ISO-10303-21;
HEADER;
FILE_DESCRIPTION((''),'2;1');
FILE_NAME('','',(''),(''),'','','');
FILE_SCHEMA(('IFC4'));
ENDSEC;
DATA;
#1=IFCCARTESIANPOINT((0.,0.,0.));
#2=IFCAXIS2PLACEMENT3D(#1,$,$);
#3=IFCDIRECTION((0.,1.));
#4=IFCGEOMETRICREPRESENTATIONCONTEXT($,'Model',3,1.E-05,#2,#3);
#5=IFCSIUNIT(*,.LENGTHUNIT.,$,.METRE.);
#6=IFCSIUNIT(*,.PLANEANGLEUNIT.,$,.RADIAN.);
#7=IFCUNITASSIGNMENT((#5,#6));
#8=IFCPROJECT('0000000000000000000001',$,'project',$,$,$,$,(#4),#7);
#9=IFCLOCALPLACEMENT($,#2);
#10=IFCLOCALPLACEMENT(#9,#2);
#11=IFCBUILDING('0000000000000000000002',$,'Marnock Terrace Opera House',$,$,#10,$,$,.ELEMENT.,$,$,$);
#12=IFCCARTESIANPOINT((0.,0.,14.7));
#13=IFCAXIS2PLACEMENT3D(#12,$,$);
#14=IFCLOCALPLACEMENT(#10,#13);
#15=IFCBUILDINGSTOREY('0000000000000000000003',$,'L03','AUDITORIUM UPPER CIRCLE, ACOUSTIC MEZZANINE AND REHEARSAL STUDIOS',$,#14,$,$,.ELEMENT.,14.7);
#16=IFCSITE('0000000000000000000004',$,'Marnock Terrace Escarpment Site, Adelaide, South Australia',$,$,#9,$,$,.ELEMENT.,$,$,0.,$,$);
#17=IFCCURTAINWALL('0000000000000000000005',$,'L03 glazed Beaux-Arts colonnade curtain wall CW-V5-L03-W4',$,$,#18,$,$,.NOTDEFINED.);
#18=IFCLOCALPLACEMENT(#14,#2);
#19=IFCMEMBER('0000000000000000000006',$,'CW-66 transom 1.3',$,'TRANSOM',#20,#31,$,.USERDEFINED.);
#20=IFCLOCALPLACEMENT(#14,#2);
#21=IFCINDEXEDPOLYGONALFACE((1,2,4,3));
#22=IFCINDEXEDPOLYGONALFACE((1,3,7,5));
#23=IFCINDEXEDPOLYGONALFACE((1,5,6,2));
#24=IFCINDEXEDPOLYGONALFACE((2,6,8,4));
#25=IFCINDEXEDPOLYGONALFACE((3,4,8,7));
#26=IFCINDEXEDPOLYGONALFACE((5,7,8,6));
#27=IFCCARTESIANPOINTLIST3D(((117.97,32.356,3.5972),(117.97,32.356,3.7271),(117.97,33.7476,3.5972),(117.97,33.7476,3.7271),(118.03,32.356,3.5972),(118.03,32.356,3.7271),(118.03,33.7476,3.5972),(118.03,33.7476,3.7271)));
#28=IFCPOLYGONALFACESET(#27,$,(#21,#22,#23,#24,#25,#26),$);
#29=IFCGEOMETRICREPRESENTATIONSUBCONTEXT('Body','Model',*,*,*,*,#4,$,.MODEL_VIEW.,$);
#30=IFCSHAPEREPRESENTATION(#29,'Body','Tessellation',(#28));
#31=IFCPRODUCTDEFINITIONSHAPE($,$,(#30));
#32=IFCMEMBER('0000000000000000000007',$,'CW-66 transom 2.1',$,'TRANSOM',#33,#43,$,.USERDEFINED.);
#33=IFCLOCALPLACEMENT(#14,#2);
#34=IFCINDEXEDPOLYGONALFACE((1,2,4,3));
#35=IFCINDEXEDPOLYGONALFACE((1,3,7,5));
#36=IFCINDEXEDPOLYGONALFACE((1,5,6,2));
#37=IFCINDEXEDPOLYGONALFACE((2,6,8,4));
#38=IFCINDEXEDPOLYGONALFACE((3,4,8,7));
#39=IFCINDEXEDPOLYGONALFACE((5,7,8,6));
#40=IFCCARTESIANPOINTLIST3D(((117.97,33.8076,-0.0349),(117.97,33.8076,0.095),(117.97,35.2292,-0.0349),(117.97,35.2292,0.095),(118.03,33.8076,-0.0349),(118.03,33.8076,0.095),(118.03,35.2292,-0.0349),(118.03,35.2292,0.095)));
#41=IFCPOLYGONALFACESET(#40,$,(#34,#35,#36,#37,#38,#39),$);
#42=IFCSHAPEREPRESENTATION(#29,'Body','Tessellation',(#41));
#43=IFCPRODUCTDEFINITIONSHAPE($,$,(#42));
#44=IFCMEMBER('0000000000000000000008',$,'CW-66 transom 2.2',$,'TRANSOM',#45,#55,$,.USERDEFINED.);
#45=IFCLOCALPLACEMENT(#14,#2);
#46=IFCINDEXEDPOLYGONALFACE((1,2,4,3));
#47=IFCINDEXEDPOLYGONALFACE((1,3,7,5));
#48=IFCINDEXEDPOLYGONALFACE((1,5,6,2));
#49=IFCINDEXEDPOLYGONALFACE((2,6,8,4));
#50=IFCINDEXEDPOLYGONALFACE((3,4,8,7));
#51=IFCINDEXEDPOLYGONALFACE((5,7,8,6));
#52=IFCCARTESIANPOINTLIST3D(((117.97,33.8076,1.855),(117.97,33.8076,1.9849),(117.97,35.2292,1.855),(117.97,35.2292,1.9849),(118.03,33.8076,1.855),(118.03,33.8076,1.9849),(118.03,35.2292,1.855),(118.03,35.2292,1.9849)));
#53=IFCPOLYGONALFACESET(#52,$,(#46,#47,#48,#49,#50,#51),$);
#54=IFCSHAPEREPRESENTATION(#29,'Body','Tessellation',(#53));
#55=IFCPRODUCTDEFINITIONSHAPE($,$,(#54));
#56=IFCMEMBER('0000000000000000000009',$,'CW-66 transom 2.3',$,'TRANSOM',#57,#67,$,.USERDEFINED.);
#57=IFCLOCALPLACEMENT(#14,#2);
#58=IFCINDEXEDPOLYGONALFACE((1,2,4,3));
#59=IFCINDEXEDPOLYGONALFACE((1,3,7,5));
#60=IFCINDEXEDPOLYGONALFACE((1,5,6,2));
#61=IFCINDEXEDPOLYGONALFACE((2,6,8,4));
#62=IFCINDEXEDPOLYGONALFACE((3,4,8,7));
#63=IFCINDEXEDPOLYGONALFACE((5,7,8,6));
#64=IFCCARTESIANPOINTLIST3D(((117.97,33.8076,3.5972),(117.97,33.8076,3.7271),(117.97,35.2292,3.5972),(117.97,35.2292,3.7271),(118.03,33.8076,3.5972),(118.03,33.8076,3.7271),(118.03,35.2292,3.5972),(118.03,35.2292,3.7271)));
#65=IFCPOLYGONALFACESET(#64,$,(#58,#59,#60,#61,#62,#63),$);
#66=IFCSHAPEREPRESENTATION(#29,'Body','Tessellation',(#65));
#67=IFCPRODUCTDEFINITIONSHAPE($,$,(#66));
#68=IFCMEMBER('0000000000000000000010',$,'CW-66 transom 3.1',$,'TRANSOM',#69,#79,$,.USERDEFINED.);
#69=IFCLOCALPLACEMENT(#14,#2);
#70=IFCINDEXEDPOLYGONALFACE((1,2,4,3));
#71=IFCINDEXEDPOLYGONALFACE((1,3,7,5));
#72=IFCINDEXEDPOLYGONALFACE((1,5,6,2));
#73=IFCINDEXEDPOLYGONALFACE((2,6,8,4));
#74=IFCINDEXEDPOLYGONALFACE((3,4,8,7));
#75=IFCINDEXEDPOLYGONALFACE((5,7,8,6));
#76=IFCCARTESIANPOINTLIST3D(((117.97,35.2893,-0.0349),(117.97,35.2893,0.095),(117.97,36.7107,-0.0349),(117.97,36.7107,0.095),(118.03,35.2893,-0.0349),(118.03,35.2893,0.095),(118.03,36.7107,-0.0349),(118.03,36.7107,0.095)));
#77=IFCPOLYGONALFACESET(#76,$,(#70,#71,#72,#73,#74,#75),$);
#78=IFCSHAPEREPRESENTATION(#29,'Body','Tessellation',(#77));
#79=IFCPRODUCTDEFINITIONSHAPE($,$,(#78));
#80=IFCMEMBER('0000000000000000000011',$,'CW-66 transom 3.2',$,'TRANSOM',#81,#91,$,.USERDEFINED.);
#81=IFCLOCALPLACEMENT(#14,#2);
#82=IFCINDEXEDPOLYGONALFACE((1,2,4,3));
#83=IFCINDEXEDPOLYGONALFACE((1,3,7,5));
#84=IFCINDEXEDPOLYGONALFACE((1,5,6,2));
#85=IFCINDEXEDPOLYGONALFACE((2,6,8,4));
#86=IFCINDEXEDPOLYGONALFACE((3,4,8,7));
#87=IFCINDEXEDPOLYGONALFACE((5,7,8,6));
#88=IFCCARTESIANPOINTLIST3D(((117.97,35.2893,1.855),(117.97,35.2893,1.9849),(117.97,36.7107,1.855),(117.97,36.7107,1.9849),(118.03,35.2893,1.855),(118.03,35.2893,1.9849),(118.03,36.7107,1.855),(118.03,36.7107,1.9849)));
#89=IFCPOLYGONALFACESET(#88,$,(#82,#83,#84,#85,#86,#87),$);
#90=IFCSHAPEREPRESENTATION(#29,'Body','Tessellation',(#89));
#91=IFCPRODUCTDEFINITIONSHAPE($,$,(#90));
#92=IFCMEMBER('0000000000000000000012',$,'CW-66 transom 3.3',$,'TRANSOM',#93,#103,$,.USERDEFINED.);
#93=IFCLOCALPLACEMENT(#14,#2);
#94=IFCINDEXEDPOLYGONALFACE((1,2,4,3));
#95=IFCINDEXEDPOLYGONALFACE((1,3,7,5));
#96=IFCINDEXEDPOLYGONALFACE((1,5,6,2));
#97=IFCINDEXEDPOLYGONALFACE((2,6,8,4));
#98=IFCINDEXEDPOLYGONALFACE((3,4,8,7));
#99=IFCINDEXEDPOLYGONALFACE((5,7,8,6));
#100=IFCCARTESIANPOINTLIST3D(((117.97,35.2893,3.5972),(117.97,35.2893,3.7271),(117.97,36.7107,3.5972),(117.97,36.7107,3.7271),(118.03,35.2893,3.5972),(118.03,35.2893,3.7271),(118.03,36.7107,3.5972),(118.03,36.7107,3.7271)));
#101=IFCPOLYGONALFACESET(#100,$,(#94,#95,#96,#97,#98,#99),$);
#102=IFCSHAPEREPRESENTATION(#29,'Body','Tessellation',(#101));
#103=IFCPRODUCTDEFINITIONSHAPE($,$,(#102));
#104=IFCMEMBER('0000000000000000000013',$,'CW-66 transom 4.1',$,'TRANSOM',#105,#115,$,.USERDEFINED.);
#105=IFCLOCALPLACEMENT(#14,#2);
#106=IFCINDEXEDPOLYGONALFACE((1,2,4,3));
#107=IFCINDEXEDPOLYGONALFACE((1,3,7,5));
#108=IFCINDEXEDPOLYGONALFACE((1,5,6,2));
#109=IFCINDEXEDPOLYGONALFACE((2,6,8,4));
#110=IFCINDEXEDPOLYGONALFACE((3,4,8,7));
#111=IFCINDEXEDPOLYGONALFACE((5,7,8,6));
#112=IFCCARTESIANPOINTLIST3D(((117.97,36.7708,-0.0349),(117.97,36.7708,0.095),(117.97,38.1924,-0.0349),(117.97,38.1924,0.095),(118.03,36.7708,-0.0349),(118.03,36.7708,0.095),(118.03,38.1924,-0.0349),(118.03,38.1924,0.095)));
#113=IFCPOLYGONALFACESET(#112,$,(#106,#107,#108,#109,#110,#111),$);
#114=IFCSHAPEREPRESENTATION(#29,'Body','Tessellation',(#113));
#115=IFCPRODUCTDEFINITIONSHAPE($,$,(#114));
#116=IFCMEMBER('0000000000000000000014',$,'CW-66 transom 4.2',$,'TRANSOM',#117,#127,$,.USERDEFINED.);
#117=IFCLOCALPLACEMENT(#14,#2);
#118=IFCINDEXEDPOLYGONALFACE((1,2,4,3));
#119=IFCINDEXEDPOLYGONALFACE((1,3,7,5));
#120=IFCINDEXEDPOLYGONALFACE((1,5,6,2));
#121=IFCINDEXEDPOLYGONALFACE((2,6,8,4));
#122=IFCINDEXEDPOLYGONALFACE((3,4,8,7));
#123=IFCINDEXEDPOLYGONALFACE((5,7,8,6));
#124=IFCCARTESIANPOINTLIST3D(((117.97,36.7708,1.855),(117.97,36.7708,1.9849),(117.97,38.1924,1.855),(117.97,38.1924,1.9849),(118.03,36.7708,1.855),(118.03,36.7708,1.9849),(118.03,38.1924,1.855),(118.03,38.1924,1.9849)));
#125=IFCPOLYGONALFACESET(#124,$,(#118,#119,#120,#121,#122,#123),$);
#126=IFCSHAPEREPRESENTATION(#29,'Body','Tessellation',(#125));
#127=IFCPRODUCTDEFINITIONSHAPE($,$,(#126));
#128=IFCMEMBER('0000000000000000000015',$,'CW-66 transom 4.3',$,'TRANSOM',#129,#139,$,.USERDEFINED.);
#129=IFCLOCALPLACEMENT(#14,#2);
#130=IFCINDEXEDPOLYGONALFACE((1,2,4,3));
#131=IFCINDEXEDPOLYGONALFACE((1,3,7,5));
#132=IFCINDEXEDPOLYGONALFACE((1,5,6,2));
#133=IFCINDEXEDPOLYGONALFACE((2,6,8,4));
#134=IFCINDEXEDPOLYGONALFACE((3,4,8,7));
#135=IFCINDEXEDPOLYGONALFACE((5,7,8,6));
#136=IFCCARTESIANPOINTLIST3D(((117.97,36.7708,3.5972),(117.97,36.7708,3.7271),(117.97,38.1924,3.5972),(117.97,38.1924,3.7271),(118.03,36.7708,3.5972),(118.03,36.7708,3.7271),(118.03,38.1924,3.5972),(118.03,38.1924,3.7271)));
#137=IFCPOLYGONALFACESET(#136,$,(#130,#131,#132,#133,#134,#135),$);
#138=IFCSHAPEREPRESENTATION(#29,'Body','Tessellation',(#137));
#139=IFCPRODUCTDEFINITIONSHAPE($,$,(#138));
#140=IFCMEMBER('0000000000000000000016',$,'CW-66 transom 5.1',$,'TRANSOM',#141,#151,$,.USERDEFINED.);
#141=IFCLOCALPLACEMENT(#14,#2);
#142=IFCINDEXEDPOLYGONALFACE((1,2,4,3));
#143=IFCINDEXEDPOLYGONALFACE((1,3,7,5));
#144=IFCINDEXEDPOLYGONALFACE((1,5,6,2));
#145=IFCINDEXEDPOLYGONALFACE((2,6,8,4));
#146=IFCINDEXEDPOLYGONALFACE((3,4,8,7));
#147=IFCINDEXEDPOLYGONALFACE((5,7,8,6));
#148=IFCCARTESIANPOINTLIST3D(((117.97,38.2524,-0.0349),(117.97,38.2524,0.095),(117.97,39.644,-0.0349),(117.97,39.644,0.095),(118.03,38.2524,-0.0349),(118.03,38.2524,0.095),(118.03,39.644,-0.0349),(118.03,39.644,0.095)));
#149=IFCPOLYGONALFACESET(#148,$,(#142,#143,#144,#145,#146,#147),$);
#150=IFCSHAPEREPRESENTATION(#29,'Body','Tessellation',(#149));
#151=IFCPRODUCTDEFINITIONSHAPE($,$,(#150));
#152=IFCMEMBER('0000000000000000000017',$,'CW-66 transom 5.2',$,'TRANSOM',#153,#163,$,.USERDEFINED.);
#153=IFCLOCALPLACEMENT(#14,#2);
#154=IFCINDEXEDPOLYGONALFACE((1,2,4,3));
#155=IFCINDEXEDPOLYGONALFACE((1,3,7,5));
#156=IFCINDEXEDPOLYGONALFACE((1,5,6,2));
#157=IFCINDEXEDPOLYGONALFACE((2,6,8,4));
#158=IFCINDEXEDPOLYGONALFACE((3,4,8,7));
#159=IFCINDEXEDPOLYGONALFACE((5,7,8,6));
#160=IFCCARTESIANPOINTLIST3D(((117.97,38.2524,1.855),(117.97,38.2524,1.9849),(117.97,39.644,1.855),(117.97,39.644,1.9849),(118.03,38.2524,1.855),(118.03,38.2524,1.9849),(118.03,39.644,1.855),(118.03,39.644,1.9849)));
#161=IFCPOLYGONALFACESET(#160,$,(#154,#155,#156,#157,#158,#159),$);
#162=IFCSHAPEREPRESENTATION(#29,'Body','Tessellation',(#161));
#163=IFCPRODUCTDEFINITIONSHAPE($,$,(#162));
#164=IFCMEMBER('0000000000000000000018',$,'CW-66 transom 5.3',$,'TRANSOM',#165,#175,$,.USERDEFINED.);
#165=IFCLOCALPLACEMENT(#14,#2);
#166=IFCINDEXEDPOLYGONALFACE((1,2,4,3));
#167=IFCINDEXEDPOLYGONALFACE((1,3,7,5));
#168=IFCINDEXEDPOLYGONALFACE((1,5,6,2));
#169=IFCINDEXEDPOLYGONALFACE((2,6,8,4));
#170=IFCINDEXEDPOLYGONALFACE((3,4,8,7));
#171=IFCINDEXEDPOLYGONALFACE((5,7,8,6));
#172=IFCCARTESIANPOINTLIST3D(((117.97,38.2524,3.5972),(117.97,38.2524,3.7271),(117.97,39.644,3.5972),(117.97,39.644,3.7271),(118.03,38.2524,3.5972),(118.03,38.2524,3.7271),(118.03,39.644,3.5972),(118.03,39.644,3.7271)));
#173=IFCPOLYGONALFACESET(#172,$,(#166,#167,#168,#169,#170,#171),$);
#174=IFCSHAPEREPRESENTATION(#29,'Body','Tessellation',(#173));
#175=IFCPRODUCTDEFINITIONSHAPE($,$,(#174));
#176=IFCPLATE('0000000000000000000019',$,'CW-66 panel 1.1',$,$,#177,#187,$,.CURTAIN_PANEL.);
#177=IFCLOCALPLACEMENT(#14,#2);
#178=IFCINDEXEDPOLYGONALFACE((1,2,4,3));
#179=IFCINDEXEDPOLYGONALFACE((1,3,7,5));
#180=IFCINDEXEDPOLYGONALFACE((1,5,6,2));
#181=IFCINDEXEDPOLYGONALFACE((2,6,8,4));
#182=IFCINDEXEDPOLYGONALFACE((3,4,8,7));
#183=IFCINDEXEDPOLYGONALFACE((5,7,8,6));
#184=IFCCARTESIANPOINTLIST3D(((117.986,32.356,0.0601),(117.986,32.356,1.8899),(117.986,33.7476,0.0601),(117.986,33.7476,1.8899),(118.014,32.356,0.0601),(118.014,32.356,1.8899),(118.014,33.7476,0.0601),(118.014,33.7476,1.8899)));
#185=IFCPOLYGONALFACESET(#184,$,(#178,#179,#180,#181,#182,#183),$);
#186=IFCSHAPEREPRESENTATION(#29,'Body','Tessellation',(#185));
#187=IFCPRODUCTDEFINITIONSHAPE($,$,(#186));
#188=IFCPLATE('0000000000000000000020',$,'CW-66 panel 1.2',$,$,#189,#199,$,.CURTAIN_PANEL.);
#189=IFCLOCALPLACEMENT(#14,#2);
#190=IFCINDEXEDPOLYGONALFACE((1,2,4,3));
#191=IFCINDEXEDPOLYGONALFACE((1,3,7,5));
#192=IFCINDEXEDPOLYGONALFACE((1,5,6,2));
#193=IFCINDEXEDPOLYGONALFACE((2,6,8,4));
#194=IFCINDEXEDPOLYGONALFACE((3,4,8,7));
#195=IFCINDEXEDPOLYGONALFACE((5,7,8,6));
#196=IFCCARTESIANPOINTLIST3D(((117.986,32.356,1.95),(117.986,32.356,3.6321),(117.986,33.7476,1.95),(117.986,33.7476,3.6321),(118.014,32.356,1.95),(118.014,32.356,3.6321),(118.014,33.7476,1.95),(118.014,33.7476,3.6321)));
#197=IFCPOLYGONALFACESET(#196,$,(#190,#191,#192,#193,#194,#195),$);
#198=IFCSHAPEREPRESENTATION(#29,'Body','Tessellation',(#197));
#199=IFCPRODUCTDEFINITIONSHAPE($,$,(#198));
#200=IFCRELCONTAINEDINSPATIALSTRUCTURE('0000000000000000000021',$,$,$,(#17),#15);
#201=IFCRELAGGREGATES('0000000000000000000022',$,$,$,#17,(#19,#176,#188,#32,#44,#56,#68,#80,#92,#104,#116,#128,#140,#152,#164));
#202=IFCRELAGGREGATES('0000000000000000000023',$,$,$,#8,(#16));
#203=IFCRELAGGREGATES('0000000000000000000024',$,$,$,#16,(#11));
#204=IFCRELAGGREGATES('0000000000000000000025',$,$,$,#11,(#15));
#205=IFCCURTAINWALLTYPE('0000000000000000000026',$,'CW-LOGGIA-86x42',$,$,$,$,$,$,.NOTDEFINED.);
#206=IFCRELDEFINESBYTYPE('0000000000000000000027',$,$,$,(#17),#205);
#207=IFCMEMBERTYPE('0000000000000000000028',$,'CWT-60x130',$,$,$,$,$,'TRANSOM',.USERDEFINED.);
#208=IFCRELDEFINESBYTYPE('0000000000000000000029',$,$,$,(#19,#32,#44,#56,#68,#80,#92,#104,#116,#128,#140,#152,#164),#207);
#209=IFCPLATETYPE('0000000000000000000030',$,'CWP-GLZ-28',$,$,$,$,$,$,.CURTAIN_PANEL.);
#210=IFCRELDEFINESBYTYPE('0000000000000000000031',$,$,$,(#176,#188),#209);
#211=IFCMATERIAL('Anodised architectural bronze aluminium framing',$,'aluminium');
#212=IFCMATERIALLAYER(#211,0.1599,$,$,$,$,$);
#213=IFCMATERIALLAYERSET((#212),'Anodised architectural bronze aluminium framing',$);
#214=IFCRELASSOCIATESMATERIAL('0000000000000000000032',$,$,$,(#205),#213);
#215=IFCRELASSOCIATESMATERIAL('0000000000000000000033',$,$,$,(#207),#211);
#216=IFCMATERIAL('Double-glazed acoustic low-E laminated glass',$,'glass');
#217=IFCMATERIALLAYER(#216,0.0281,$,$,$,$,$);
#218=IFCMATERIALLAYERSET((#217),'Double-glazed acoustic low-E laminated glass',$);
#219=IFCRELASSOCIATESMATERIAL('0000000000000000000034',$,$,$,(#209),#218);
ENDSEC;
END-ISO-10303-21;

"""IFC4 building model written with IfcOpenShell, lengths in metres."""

from ifc_helpers import new_model, si_unit, direction, frame, origin, origin_2d, place, context, subcontext, project, spatial, rectangle, extrude, material, layer, layer_set, material_profile, profile_set, type_object, element, aggregate, save


model = new_model("IFC4")

# Units and contexts
model_context = context("Model", 3, precision=1e-05, world=origin(), true_north=direction((0.0, 1.0)))
body_context = subcontext(model_context, "Body", "Model", "MODEL_VIEW")
ifc_project = project(units=[si_unit("LENGTHUNIT", "METRE"), si_unit("PLANEANGLEUNIT", "RADIAN")], contexts=[model_context])

# Site, building, storey
site_placement = place(None, origin())
site = spatial("IfcSite", under=ifc_project, at=site_placement, Name="Marnock Terrace Escarpment Site, Adelaide, South Australia", CompositionType="ELEMENT", RefElevation=0.0)
building_placement = place(site_placement, origin())
building = spatial("IfcBuilding", under=site, at=building_placement, Name="Marnock Terrace Opera House", CompositionType="ELEMENT")
storey_placement = place(building_placement, frame((0.0, 0.0, 14.7)))
storey = spatial("IfcBuildingStorey", under=building, at=storey_placement, Name="L03", Description="AUDITORIUM UPPER CIRCLE, ACOUSTIC MEZZANINE AND REHEARSAL STUDIOS", CompositionType="ELEMENT", Elevation=14.7)

# Curtain wall, members, plates
ifc_material_1 = material(Name="Anodised architectural bronze aluminium framing", Category="aluminium")
ifc_layer_1 = layer(ifc_material_1, 0.1599)
ifc_layer_set_1 = layer_set([ifc_layer_1], Name="Anodised architectural bronze aluminium framing")
curtain_wall_type = type_object("IfcCurtainWallType", Name="CW-LOGGIA-86x42", PredefinedType="NOTDEFINED", material=ifc_layer_set_1)
curtain_wall_placement = place(storey_placement, origin())
curtain_wall = element("IfcCurtainWall", 1, at=curtain_wall_placement, inside=storey, type_object=curtain_wall_type, Name="L03 glazed Beaux-Arts colonnade curtain wall CW-V5-L03-W4", PredefinedType="NOTDEFINED")
ifc_material_profile_1 = material_profile(ifc_material_1, rectangle(XDim=0.0601, YDim=0.1299, at=origin_2d()))
ifc_profile_set_1 = profile_set([ifc_material_profile_1], Name="Anodised architectural bronze aluminium framing")
member_type_1 = type_object("IfcMemberType", Name="CWT-60x130", ElementType="TRANSOM", PredefinedType="USERDEFINED", material=ifc_profile_set_1)
member_1_placement = place(storey_placement, frame((118.0, 32.356, 3.6621), z_axis=(0.0, 1.0, 0.0), x_axis=(-1.0, 0.0, 0.0)))
member_1 = element("IfcMember", 2, at=member_1_placement, type_object=member_type_1, Name="CW-66 transom 1.3", ObjectType="TRANSOM", PredefinedType="USERDEFINED", context=body_context, shape_type="SweptSolid", body=[
    extrude(rectangle(XDim=0.0601, YDim=0.1299, at=origin_2d()), origin(), (0.0, 0.0, 1.0), 1.3916),
])
member_2_placement = place(storey_placement, frame((118.0, 33.8076, 0.03), z_axis=(0.0, 1.0, 0.0), x_axis=(-1.0, 0.0, 0.0)))
member_2 = element("IfcMember", 3, at=member_2_placement, type_object=member_type_1, Name="CW-66 transom 2.1", ObjectType="TRANSOM", PredefinedType="USERDEFINED", context=body_context, shape_type="SweptSolid", body=[
    extrude(rectangle(XDim=0.0601, YDim=0.1299, at=origin_2d()), origin(), (0.0, 0.0, 1.0), 1.4216),
])
member_3_placement = place(storey_placement, frame((118.0, 33.8076, 1.9199), z_axis=(0.0, 1.0, 0.0), x_axis=(-1.0, 0.0, 0.0)))
member_3 = element("IfcMember", 4, at=member_3_placement, type_object=member_type_1, Name="CW-66 transom 2.2", ObjectType="TRANSOM", PredefinedType="USERDEFINED", context=body_context, shape_type="SweptSolid", body=[
    extrude(rectangle(XDim=0.0601, YDim=0.1299, at=origin_2d()), origin(), (0.0, 0.0, 1.0), 1.4216),
])
member_4_placement = place(storey_placement, frame((118.0, 33.8076, 3.6621), z_axis=(0.0, 1.0, 0.0), x_axis=(-1.0, 0.0, 0.0)))
member_4 = element("IfcMember", 5, at=member_4_placement, type_object=member_type_1, Name="CW-66 transom 2.3", ObjectType="TRANSOM", PredefinedType="USERDEFINED", context=body_context, shape_type="SweptSolid", body=[
    extrude(rectangle(XDim=0.0601, YDim=0.1299, at=origin_2d()), origin(), (0.0, 0.0, 1.0), 1.4216),
])
member_5_placement = place(storey_placement, frame((118.0, 35.2893, 0.03), z_axis=(0.0, 1.0, 0.0), x_axis=(-1.0, 0.0, 0.0)))
member_5 = element("IfcMember", 6, at=member_5_placement, type_object=member_type_1, Name="CW-66 transom 3.1", ObjectType="TRANSOM", PredefinedType="USERDEFINED", context=body_context, shape_type="SweptSolid", body=[
    extrude(rectangle(XDim=0.0601, YDim=0.1299, at=origin_2d()), origin(), (0.0, 0.0, 1.0), 1.4214),
])
member_6_placement = place(storey_placement, frame((118.0, 35.2893, 1.9199), z_axis=(0.0, 1.0, 0.0), x_axis=(-1.0, 0.0, 0.0)))
member_6 = element("IfcMember", 7, at=member_6_placement, type_object=member_type_1, Name="CW-66 transom 3.2", ObjectType="TRANSOM", PredefinedType="USERDEFINED", context=body_context, shape_type="SweptSolid", body=[
    extrude(rectangle(XDim=0.0601, YDim=0.1299, at=origin_2d()), origin(), (0.0, 0.0, 1.0), 1.4214),
])
member_7_placement = place(storey_placement, frame((118.0, 35.2893, 3.6621), z_axis=(0.0, 1.0, 0.0), x_axis=(-1.0, 0.0, 0.0)))
member_7 = element("IfcMember", 8, at=member_7_placement, type_object=member_type_1, Name="CW-66 transom 3.3", ObjectType="TRANSOM", PredefinedType="USERDEFINED", context=body_context, shape_type="SweptSolid", body=[
    extrude(rectangle(XDim=0.0601, YDim=0.1299, at=origin_2d()), origin(), (0.0, 0.0, 1.0), 1.4214),
])
member_8_placement = place(storey_placement, frame((118.0, 36.7708, 0.03), z_axis=(0.0, 1.0, 0.0), x_axis=(-1.0, 0.0, 0.0)))
member_8 = element("IfcMember", 9, at=member_8_placement, type_object=member_type_1, Name="CW-66 transom 4.1", ObjectType="TRANSOM", PredefinedType="USERDEFINED", context=body_context, shape_type="SweptSolid", body=[
    extrude(rectangle(XDim=0.0601, YDim=0.1299, at=origin_2d()), origin(), (0.0, 0.0, 1.0), 1.4216),
])
member_9_placement = place(storey_placement, frame((118.0, 36.7708, 1.9199), z_axis=(0.0, 1.0, 0.0), x_axis=(-1.0, 0.0, 0.0)))
member_9 = element("IfcMember", 10, at=member_9_placement, type_object=member_type_1, Name="CW-66 transom 4.2", ObjectType="TRANSOM", PredefinedType="USERDEFINED", context=body_context, shape_type="SweptSolid", body=[
    extrude(rectangle(XDim=0.0601, YDim=0.1299, at=origin_2d()), origin(), (0.0, 0.0, 1.0), 1.4216),
])
member_10_placement = place(storey_placement, frame((118.0, 36.7708, 3.6621), z_axis=(0.0, 1.0, 0.0), x_axis=(-1.0, 0.0, 0.0)))
member_10 = element("IfcMember", 11, at=member_10_placement, type_object=member_type_1, Name="CW-66 transom 4.3", ObjectType="TRANSOM", PredefinedType="USERDEFINED", context=body_context, shape_type="SweptSolid", body=[
    extrude(rectangle(XDim=0.0601, YDim=0.1299, at=origin_2d()), origin(), (0.0, 0.0, 1.0), 1.4216),
])
member_11_placement = place(storey_placement, frame((118.0, 38.2524, 0.03), z_axis=(0.0, 1.0, 0.0), x_axis=(-1.0, 0.0, 0.0)))
member_11 = element("IfcMember", 12, at=member_11_placement, type_object=member_type_1, Name="CW-66 transom 5.1", ObjectType="TRANSOM", PredefinedType="USERDEFINED", context=body_context, shape_type="SweptSolid", body=[
    extrude(rectangle(XDim=0.0601, YDim=0.1299, at=origin_2d()), origin(), (0.0, 0.0, 1.0), 1.3916),
])
member_12_placement = place(storey_placement, frame((118.0, 38.2524, 1.9199), z_axis=(0.0, 1.0, 0.0), x_axis=(-1.0, 0.0, 0.0)))
member_12 = element("IfcMember", 13, at=member_12_placement, type_object=member_type_1, Name="CW-66 transom 5.2", ObjectType="TRANSOM", PredefinedType="USERDEFINED", context=body_context, shape_type="SweptSolid", body=[
    extrude(rectangle(XDim=0.0601, YDim=0.1299, at=origin_2d()), origin(), (0.0, 0.0, 1.0), 1.3916),
])
member_13_placement = place(storey_placement, frame((118.0, 38.2524, 3.6621), z_axis=(0.0, 1.0, 0.0), x_axis=(-1.0, 0.0, 0.0)))
member_13 = element("IfcMember", 14, at=member_13_placement, type_object=member_type_1, Name="CW-66 transom 5.3", ObjectType="TRANSOM", PredefinedType="USERDEFINED", context=body_context, shape_type="SweptSolid", body=[
    extrude(rectangle(XDim=0.0601, YDim=0.1299, at=origin_2d()), origin(), (0.0, 0.0, 1.0), 1.3916),
])
ifc_material_2 = material(Name="Double-glazed acoustic low-E laminated glass", Category="glass")
ifc_layer_2 = layer(ifc_material_2, 0.0281)
ifc_layer_set_2 = layer_set([ifc_layer_2], Name="Double-glazed acoustic low-E laminated glass")
plate_type = type_object("IfcPlateType", Name="CWP-GLZ-28", PredefinedType="CURTAIN_PANEL", material=ifc_layer_set_2)
plate_1_placement = place(storey_placement, frame((118.0, 33.0518, 0.0601), z_axis=(0.0, 0.0, 1.0), x_axis=(0.0, 1.0, 0.0)))
plate_1 = element("IfcPlate", 15, at=plate_1_placement, type_object=plate_type, Name="CW-66 panel 1.1", PredefinedType="CURTAIN_PANEL", context=body_context, shape_type="SweptSolid", body=[
    extrude(rectangle(XDim=1.3916, YDim=0.0281, at=origin_2d()), origin(), (0.0, 0.0, 1.0), 1.8298),
])
plate_2_placement = place(storey_placement, frame((118.0, 33.0518, 1.95), z_axis=(0.0, 0.0, 1.0), x_axis=(0.0, 1.0, 0.0)))
plate_2 = element("IfcPlate", 16, at=plate_2_placement, type_object=plate_type, Name="CW-66 panel 1.2", PredefinedType="CURTAIN_PANEL", context=body_context, shape_type="SweptSolid", body=[
    extrude(rectangle(XDim=1.3916, YDim=0.0281, at=origin_2d()), origin(), (0.0, 0.0, 1.0), 1.6821),
])
aggregate(curtain_wall, [member_1, plate_1, plate_2, member_2, member_3, member_4, member_5, member_6, member_7, member_8, member_9, member_10, member_11, member_12, member_13])

save(model, "model.ifc")
